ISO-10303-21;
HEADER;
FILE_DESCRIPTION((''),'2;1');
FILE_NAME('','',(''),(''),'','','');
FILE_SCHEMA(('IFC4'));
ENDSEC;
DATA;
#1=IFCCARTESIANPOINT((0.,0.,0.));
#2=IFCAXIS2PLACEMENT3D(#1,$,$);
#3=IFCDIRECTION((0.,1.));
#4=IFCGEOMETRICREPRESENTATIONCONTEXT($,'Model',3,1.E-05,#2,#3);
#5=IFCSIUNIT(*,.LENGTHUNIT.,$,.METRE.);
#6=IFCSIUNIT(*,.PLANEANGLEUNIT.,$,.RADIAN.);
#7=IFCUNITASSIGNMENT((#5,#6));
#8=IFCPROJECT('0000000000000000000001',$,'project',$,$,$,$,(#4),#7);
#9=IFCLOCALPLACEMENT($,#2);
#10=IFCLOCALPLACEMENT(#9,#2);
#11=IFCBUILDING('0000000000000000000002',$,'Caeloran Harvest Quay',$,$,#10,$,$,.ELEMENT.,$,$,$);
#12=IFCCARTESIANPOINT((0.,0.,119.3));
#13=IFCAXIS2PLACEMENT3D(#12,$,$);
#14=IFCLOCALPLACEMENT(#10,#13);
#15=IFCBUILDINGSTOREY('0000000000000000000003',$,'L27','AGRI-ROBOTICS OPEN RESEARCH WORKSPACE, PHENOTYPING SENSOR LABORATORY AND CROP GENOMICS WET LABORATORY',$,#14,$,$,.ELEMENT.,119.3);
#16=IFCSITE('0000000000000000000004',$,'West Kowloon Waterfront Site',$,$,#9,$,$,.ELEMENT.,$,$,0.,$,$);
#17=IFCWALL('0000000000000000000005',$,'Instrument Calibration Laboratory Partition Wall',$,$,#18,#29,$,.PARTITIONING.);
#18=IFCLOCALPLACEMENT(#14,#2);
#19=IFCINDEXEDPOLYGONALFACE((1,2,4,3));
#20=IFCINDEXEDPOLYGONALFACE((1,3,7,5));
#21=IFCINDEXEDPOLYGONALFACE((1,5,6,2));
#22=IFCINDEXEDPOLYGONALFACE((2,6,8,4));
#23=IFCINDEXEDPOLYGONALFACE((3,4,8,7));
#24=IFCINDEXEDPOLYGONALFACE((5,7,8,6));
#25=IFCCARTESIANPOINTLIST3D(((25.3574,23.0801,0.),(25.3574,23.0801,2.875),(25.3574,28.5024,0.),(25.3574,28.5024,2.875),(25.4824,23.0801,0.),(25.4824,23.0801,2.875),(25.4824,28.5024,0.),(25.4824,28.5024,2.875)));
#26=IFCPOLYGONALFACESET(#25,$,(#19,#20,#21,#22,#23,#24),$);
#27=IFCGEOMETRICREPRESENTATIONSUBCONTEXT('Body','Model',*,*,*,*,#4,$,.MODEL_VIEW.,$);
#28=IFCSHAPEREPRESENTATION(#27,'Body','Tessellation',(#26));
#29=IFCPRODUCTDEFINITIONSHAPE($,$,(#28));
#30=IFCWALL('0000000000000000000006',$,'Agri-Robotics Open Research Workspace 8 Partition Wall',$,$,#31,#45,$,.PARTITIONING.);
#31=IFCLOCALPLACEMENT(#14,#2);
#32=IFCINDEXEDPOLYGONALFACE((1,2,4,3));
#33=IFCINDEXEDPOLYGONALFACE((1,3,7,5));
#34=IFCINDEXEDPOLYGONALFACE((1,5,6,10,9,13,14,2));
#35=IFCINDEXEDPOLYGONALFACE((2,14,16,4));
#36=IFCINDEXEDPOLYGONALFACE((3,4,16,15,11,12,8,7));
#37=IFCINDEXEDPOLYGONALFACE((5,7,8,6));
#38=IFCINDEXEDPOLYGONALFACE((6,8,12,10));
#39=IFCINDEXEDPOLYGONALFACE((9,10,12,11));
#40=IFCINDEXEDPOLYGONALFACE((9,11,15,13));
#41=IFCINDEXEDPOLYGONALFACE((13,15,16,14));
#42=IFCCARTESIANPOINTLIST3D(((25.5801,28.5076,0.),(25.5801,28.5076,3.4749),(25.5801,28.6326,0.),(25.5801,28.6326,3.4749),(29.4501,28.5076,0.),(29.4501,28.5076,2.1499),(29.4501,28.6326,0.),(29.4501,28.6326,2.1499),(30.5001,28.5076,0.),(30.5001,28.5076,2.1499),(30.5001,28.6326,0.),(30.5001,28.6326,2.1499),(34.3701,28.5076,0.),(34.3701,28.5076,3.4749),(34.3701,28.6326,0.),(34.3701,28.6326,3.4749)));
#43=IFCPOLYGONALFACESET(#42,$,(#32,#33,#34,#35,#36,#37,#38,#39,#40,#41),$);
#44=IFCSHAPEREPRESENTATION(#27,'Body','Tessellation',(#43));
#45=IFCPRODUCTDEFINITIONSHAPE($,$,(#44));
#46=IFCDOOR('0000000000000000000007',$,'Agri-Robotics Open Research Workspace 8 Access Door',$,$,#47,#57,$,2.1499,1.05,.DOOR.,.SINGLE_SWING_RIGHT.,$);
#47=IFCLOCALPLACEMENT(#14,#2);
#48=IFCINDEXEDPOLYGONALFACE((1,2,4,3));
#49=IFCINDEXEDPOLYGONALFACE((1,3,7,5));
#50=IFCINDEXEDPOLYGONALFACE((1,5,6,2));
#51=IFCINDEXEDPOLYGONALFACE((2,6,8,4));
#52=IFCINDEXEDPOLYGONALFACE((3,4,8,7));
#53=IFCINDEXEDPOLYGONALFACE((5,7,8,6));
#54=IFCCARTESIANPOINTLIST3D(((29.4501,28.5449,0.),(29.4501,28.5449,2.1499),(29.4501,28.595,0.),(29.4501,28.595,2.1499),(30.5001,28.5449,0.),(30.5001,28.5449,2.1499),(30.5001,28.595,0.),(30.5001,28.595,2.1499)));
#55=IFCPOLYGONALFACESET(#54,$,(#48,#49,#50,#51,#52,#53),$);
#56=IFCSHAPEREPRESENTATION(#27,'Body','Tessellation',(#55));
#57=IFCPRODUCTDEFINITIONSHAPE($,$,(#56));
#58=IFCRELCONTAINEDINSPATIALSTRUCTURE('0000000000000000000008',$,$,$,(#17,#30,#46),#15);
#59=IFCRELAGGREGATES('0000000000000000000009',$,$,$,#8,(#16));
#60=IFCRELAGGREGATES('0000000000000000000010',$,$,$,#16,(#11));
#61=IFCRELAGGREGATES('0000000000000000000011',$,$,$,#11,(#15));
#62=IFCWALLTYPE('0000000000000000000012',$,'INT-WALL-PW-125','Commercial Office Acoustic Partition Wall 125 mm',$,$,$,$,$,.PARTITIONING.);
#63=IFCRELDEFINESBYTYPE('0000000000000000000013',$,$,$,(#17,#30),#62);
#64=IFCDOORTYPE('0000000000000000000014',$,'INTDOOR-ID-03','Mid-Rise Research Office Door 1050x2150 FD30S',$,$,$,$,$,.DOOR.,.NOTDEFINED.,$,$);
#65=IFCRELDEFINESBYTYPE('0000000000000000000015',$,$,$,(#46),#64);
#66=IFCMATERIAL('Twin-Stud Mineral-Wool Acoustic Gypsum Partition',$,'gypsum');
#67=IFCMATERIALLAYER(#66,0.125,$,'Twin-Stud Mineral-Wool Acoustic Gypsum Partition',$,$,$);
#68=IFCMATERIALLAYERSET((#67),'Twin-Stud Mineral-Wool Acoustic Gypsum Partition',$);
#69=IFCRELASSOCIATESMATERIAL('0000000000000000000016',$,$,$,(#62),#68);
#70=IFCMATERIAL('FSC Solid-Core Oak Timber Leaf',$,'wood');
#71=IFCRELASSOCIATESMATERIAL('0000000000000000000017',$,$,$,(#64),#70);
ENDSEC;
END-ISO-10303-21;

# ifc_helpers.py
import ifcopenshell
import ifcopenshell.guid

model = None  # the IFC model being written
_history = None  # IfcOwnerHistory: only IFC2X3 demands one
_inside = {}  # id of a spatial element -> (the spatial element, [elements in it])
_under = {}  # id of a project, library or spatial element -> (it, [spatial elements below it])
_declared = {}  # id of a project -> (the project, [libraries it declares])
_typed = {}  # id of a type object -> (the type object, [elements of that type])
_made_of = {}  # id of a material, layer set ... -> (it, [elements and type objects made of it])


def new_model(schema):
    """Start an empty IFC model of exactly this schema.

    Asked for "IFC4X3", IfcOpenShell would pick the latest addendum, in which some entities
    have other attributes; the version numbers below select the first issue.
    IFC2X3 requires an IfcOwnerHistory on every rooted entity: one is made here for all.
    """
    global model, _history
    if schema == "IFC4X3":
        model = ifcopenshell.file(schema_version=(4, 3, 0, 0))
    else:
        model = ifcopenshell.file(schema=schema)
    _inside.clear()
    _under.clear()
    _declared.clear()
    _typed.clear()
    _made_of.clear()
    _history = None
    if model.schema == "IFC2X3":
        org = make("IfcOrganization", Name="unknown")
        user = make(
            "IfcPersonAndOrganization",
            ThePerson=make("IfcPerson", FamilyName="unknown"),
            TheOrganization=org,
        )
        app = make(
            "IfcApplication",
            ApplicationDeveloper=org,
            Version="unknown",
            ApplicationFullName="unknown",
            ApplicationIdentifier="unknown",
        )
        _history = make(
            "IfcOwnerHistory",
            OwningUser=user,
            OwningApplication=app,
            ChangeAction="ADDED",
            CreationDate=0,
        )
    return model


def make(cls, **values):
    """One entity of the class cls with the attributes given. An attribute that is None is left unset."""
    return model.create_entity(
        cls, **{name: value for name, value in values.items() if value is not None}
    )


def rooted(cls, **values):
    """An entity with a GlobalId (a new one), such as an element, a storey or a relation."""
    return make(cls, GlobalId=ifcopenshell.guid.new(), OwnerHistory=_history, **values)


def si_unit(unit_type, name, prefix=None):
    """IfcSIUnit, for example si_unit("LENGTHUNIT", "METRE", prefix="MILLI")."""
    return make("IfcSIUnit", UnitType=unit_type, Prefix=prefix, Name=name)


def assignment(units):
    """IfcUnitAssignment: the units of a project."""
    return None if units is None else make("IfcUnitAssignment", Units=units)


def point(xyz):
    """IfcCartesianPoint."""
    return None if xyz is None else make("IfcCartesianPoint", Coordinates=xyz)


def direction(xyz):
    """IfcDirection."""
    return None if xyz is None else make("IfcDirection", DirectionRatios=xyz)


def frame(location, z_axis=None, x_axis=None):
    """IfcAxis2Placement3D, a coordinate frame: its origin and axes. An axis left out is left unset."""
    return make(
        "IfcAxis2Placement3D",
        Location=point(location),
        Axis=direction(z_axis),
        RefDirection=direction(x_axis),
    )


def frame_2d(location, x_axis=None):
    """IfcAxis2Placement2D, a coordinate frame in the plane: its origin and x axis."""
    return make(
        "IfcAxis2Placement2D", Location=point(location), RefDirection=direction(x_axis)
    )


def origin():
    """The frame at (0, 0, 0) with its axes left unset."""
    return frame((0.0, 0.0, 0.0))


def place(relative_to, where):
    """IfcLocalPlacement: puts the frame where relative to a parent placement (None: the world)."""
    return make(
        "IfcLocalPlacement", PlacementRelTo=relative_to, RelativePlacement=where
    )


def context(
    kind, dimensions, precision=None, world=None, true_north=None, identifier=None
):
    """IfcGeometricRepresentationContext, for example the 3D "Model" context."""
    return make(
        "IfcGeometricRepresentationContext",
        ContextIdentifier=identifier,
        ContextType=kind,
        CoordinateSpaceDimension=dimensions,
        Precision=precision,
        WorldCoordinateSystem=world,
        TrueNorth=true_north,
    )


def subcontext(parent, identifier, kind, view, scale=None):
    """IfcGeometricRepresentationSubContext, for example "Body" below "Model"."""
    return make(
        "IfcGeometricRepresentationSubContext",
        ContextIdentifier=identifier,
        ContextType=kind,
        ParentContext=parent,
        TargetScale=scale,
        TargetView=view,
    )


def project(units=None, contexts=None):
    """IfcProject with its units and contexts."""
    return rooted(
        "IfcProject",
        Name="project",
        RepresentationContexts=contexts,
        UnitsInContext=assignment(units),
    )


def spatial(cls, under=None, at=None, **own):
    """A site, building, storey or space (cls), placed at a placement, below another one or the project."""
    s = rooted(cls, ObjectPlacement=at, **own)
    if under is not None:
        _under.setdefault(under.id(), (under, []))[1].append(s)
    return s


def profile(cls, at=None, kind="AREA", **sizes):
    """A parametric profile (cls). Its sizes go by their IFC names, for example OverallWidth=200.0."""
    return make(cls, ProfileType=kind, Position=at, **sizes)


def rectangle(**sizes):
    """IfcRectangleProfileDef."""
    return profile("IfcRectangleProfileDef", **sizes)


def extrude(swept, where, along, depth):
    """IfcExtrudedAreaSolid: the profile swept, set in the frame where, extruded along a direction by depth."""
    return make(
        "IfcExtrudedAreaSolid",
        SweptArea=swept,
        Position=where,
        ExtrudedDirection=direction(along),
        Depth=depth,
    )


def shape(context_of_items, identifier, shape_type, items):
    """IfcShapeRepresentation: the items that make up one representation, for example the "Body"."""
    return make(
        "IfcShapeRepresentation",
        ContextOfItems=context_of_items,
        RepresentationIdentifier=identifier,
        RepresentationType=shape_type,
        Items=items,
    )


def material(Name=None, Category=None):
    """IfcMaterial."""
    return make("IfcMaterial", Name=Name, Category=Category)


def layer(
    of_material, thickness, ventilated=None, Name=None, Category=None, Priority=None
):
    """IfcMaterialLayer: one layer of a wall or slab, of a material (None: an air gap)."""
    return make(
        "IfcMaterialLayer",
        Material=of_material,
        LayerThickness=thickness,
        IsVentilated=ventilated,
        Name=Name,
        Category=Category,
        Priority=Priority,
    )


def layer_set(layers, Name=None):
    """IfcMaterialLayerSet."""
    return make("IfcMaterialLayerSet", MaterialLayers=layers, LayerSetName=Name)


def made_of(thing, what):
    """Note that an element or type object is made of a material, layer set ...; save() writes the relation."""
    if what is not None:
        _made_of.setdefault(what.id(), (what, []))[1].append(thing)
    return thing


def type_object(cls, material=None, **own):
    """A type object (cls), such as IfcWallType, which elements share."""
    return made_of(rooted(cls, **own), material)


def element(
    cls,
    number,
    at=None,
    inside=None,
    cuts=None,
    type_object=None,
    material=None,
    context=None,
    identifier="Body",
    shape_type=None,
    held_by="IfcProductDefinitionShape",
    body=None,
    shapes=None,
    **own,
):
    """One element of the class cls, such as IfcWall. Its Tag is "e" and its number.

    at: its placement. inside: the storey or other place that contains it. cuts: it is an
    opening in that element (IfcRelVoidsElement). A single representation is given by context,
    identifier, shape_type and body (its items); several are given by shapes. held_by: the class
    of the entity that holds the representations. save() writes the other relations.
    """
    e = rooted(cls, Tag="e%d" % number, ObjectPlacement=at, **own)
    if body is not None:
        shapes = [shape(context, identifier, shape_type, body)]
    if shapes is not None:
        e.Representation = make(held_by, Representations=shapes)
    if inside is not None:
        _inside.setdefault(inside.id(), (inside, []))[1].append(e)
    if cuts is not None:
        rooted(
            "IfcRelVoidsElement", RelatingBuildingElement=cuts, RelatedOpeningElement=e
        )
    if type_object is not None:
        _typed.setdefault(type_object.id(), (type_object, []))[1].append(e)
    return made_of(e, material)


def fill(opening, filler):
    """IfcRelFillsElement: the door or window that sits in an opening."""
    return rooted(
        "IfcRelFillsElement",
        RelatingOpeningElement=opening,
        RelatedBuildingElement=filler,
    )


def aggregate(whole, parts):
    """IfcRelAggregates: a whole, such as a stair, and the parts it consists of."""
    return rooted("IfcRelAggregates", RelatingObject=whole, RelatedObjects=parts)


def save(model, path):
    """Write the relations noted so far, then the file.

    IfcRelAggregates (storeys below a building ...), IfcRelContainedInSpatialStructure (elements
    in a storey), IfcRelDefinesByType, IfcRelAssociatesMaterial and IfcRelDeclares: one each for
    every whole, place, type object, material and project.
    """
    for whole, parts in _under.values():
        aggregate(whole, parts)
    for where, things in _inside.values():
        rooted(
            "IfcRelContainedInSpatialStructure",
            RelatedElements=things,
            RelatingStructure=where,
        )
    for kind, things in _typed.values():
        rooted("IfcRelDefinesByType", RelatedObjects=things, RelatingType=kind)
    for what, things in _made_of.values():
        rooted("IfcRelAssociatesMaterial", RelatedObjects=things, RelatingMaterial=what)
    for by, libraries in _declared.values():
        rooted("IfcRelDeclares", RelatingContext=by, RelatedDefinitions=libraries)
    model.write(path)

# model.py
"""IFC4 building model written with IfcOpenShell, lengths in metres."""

from ifc_helpers import new_model, si_unit, direction, frame, frame_2d, origin, place, context, subcontext, project, spatial, rectangle, extrude, material, layer, layer_set, type_object, element, fill, save


model = new_model("IFC4")

# Units and contexts
model_context = context("Model", 3, precision=1e-05, world=origin(), true_north=direction((0.0, 1.0)))
body_context = subcontext(model_context, "Body", "Model", "MODEL_VIEW")
ifc_project = project(units=[si_unit("LENGTHUNIT", "METRE"), si_unit("PLANEANGLEUNIT", "RADIAN")], contexts=[model_context])

# Site, building, storey
site_placement = place(None, origin())
site = spatial("IfcSite", under=ifc_project, at=site_placement, Name="West Kowloon Waterfront Site", CompositionType="ELEMENT", RefElevation=0.0)
building_placement = place(site_placement, origin())
building = spatial("IfcBuilding", under=site, at=building_placement, Name="Caeloran Harvest Quay", CompositionType="ELEMENT")
storey_placement = place(building_placement, frame((0.0, 0.0, 119.3)))
storey = spatial("IfcBuildingStorey", under=building, at=storey_placement, Name="L27", Description="AGRI-ROBOTICS OPEN RESEARCH WORKSPACE, PHENOTYPING SENSOR LABORATORY AND CROP GENOMICS WET LABORATORY", CompositionType="ELEMENT", Elevation=119.3)

# Wall
ifc_material_1 = material(Name="Twin-Stud Mineral-Wool Acoustic Gypsum Partition", Category="gypsum")
ifc_layer = layer(ifc_material_1, 0.125, Name="Twin-Stud Mineral-Wool Acoustic Gypsum Partition")
ifc_layer_set = layer_set([ifc_layer], Name="Twin-Stud Mineral-Wool Acoustic Gypsum Partition")
wall_type = type_object("IfcWallType", Name="INT-WALL-PW-125", Description="Commercial Office Acoustic Partition Wall 125 mm", PredefinedType="PARTITIONING", material=ifc_layer_set)
wall_1_placement = place(storey_placement, frame((25.4199, 28.5024, 0.0), z_axis=(0.0, 0.0, 1.0), x_axis=(0.0, -1.0, 0.0)))
element("IfcWall", 1, at=wall_1_placement, inside=storey, type_object=wall_type, Name="Instrument Calibration Laboratory Partition Wall", PredefinedType="PARTITIONING", context=body_context, shape_type="SweptSolid", body=[
    extrude(rectangle(XDim=5.4224, YDim=0.125, at=frame_2d((2.7112, 0.0))), origin(), (0.0, 0.0, 1.0), 2.875),
])

# Wall, opening, door
wall_2_placement = place(storey_placement, frame((25.5801, 28.5701, 0.0), z_axis=(0.0, 0.0, 1.0), x_axis=(1.0, 0.0, 0.0)))
wall_2 = element("IfcWall", 2, at=wall_2_placement, inside=storey, type_object=wall_type, Name="Agri-Robotics Open Research Workspace 8 Partition Wall", PredefinedType="PARTITIONING", context=body_context, shape_type="SweptSolid", body=[
    extrude(rectangle(XDim=8.79, YDim=0.125, at=frame_2d((4.395, 0.0))), origin(), (0.0, 0.0, 1.0), 3.4749),
])
opening_placement = place(wall_2_placement, frame((3.8701, 0.0, 0.0)))
opening = element("IfcOpeningElement", 3, at=opening_placement, cuts=wall_2, PredefinedType="OPENING", context=body_context, shape_type="SweptSolid", body=[
    extrude(rectangle(XDim=1.05, YDim=2.1499, at=frame_2d((0.5249, 1.075))), frame((0.0, 0.0725, 0.0), z_axis=(0.0, -1.0, 0.0), x_axis=(1.0, 0.0, 0.0)), (0.0, 0.0, 1.0), 0.145),
])
ifc_material_2 = material(Name="FSC Solid-Core Oak Timber Leaf", Category="wood")
door_type = type_object("IfcDoorType", Name="INTDOOR-ID-03", Description="Mid-Rise Research Office Door 1050x2150 FD30S", OperationType="NOTDEFINED", PredefinedType="DOOR", material=ifc_material_2)
door_placement = place(opening_placement, origin())
door = element("IfcDoor", 4, at=door_placement, inside=storey, type_object=door_type, Name="Agri-Robotics Open Research Workspace 8 Access Door", OperationType="SINGLE_SWING_RIGHT", OverallHeight=2.1499, OverallWidth=1.05, PredefinedType="DOOR", context=body_context, shape_type="SweptSolid", body=[
    extrude(rectangle(XDim=1.05, YDim=2.1499, at=frame_2d((0.5249, 1.075))), frame((0.0, 0.0249, 0.0), z_axis=(0.0, -1.0, 0.0), x_axis=(1.0, 0.0, 0.0)), (0.0, 0.0, 1.0), 0.05),
])
fill(opening, door)

save(model, "model.ifc")
